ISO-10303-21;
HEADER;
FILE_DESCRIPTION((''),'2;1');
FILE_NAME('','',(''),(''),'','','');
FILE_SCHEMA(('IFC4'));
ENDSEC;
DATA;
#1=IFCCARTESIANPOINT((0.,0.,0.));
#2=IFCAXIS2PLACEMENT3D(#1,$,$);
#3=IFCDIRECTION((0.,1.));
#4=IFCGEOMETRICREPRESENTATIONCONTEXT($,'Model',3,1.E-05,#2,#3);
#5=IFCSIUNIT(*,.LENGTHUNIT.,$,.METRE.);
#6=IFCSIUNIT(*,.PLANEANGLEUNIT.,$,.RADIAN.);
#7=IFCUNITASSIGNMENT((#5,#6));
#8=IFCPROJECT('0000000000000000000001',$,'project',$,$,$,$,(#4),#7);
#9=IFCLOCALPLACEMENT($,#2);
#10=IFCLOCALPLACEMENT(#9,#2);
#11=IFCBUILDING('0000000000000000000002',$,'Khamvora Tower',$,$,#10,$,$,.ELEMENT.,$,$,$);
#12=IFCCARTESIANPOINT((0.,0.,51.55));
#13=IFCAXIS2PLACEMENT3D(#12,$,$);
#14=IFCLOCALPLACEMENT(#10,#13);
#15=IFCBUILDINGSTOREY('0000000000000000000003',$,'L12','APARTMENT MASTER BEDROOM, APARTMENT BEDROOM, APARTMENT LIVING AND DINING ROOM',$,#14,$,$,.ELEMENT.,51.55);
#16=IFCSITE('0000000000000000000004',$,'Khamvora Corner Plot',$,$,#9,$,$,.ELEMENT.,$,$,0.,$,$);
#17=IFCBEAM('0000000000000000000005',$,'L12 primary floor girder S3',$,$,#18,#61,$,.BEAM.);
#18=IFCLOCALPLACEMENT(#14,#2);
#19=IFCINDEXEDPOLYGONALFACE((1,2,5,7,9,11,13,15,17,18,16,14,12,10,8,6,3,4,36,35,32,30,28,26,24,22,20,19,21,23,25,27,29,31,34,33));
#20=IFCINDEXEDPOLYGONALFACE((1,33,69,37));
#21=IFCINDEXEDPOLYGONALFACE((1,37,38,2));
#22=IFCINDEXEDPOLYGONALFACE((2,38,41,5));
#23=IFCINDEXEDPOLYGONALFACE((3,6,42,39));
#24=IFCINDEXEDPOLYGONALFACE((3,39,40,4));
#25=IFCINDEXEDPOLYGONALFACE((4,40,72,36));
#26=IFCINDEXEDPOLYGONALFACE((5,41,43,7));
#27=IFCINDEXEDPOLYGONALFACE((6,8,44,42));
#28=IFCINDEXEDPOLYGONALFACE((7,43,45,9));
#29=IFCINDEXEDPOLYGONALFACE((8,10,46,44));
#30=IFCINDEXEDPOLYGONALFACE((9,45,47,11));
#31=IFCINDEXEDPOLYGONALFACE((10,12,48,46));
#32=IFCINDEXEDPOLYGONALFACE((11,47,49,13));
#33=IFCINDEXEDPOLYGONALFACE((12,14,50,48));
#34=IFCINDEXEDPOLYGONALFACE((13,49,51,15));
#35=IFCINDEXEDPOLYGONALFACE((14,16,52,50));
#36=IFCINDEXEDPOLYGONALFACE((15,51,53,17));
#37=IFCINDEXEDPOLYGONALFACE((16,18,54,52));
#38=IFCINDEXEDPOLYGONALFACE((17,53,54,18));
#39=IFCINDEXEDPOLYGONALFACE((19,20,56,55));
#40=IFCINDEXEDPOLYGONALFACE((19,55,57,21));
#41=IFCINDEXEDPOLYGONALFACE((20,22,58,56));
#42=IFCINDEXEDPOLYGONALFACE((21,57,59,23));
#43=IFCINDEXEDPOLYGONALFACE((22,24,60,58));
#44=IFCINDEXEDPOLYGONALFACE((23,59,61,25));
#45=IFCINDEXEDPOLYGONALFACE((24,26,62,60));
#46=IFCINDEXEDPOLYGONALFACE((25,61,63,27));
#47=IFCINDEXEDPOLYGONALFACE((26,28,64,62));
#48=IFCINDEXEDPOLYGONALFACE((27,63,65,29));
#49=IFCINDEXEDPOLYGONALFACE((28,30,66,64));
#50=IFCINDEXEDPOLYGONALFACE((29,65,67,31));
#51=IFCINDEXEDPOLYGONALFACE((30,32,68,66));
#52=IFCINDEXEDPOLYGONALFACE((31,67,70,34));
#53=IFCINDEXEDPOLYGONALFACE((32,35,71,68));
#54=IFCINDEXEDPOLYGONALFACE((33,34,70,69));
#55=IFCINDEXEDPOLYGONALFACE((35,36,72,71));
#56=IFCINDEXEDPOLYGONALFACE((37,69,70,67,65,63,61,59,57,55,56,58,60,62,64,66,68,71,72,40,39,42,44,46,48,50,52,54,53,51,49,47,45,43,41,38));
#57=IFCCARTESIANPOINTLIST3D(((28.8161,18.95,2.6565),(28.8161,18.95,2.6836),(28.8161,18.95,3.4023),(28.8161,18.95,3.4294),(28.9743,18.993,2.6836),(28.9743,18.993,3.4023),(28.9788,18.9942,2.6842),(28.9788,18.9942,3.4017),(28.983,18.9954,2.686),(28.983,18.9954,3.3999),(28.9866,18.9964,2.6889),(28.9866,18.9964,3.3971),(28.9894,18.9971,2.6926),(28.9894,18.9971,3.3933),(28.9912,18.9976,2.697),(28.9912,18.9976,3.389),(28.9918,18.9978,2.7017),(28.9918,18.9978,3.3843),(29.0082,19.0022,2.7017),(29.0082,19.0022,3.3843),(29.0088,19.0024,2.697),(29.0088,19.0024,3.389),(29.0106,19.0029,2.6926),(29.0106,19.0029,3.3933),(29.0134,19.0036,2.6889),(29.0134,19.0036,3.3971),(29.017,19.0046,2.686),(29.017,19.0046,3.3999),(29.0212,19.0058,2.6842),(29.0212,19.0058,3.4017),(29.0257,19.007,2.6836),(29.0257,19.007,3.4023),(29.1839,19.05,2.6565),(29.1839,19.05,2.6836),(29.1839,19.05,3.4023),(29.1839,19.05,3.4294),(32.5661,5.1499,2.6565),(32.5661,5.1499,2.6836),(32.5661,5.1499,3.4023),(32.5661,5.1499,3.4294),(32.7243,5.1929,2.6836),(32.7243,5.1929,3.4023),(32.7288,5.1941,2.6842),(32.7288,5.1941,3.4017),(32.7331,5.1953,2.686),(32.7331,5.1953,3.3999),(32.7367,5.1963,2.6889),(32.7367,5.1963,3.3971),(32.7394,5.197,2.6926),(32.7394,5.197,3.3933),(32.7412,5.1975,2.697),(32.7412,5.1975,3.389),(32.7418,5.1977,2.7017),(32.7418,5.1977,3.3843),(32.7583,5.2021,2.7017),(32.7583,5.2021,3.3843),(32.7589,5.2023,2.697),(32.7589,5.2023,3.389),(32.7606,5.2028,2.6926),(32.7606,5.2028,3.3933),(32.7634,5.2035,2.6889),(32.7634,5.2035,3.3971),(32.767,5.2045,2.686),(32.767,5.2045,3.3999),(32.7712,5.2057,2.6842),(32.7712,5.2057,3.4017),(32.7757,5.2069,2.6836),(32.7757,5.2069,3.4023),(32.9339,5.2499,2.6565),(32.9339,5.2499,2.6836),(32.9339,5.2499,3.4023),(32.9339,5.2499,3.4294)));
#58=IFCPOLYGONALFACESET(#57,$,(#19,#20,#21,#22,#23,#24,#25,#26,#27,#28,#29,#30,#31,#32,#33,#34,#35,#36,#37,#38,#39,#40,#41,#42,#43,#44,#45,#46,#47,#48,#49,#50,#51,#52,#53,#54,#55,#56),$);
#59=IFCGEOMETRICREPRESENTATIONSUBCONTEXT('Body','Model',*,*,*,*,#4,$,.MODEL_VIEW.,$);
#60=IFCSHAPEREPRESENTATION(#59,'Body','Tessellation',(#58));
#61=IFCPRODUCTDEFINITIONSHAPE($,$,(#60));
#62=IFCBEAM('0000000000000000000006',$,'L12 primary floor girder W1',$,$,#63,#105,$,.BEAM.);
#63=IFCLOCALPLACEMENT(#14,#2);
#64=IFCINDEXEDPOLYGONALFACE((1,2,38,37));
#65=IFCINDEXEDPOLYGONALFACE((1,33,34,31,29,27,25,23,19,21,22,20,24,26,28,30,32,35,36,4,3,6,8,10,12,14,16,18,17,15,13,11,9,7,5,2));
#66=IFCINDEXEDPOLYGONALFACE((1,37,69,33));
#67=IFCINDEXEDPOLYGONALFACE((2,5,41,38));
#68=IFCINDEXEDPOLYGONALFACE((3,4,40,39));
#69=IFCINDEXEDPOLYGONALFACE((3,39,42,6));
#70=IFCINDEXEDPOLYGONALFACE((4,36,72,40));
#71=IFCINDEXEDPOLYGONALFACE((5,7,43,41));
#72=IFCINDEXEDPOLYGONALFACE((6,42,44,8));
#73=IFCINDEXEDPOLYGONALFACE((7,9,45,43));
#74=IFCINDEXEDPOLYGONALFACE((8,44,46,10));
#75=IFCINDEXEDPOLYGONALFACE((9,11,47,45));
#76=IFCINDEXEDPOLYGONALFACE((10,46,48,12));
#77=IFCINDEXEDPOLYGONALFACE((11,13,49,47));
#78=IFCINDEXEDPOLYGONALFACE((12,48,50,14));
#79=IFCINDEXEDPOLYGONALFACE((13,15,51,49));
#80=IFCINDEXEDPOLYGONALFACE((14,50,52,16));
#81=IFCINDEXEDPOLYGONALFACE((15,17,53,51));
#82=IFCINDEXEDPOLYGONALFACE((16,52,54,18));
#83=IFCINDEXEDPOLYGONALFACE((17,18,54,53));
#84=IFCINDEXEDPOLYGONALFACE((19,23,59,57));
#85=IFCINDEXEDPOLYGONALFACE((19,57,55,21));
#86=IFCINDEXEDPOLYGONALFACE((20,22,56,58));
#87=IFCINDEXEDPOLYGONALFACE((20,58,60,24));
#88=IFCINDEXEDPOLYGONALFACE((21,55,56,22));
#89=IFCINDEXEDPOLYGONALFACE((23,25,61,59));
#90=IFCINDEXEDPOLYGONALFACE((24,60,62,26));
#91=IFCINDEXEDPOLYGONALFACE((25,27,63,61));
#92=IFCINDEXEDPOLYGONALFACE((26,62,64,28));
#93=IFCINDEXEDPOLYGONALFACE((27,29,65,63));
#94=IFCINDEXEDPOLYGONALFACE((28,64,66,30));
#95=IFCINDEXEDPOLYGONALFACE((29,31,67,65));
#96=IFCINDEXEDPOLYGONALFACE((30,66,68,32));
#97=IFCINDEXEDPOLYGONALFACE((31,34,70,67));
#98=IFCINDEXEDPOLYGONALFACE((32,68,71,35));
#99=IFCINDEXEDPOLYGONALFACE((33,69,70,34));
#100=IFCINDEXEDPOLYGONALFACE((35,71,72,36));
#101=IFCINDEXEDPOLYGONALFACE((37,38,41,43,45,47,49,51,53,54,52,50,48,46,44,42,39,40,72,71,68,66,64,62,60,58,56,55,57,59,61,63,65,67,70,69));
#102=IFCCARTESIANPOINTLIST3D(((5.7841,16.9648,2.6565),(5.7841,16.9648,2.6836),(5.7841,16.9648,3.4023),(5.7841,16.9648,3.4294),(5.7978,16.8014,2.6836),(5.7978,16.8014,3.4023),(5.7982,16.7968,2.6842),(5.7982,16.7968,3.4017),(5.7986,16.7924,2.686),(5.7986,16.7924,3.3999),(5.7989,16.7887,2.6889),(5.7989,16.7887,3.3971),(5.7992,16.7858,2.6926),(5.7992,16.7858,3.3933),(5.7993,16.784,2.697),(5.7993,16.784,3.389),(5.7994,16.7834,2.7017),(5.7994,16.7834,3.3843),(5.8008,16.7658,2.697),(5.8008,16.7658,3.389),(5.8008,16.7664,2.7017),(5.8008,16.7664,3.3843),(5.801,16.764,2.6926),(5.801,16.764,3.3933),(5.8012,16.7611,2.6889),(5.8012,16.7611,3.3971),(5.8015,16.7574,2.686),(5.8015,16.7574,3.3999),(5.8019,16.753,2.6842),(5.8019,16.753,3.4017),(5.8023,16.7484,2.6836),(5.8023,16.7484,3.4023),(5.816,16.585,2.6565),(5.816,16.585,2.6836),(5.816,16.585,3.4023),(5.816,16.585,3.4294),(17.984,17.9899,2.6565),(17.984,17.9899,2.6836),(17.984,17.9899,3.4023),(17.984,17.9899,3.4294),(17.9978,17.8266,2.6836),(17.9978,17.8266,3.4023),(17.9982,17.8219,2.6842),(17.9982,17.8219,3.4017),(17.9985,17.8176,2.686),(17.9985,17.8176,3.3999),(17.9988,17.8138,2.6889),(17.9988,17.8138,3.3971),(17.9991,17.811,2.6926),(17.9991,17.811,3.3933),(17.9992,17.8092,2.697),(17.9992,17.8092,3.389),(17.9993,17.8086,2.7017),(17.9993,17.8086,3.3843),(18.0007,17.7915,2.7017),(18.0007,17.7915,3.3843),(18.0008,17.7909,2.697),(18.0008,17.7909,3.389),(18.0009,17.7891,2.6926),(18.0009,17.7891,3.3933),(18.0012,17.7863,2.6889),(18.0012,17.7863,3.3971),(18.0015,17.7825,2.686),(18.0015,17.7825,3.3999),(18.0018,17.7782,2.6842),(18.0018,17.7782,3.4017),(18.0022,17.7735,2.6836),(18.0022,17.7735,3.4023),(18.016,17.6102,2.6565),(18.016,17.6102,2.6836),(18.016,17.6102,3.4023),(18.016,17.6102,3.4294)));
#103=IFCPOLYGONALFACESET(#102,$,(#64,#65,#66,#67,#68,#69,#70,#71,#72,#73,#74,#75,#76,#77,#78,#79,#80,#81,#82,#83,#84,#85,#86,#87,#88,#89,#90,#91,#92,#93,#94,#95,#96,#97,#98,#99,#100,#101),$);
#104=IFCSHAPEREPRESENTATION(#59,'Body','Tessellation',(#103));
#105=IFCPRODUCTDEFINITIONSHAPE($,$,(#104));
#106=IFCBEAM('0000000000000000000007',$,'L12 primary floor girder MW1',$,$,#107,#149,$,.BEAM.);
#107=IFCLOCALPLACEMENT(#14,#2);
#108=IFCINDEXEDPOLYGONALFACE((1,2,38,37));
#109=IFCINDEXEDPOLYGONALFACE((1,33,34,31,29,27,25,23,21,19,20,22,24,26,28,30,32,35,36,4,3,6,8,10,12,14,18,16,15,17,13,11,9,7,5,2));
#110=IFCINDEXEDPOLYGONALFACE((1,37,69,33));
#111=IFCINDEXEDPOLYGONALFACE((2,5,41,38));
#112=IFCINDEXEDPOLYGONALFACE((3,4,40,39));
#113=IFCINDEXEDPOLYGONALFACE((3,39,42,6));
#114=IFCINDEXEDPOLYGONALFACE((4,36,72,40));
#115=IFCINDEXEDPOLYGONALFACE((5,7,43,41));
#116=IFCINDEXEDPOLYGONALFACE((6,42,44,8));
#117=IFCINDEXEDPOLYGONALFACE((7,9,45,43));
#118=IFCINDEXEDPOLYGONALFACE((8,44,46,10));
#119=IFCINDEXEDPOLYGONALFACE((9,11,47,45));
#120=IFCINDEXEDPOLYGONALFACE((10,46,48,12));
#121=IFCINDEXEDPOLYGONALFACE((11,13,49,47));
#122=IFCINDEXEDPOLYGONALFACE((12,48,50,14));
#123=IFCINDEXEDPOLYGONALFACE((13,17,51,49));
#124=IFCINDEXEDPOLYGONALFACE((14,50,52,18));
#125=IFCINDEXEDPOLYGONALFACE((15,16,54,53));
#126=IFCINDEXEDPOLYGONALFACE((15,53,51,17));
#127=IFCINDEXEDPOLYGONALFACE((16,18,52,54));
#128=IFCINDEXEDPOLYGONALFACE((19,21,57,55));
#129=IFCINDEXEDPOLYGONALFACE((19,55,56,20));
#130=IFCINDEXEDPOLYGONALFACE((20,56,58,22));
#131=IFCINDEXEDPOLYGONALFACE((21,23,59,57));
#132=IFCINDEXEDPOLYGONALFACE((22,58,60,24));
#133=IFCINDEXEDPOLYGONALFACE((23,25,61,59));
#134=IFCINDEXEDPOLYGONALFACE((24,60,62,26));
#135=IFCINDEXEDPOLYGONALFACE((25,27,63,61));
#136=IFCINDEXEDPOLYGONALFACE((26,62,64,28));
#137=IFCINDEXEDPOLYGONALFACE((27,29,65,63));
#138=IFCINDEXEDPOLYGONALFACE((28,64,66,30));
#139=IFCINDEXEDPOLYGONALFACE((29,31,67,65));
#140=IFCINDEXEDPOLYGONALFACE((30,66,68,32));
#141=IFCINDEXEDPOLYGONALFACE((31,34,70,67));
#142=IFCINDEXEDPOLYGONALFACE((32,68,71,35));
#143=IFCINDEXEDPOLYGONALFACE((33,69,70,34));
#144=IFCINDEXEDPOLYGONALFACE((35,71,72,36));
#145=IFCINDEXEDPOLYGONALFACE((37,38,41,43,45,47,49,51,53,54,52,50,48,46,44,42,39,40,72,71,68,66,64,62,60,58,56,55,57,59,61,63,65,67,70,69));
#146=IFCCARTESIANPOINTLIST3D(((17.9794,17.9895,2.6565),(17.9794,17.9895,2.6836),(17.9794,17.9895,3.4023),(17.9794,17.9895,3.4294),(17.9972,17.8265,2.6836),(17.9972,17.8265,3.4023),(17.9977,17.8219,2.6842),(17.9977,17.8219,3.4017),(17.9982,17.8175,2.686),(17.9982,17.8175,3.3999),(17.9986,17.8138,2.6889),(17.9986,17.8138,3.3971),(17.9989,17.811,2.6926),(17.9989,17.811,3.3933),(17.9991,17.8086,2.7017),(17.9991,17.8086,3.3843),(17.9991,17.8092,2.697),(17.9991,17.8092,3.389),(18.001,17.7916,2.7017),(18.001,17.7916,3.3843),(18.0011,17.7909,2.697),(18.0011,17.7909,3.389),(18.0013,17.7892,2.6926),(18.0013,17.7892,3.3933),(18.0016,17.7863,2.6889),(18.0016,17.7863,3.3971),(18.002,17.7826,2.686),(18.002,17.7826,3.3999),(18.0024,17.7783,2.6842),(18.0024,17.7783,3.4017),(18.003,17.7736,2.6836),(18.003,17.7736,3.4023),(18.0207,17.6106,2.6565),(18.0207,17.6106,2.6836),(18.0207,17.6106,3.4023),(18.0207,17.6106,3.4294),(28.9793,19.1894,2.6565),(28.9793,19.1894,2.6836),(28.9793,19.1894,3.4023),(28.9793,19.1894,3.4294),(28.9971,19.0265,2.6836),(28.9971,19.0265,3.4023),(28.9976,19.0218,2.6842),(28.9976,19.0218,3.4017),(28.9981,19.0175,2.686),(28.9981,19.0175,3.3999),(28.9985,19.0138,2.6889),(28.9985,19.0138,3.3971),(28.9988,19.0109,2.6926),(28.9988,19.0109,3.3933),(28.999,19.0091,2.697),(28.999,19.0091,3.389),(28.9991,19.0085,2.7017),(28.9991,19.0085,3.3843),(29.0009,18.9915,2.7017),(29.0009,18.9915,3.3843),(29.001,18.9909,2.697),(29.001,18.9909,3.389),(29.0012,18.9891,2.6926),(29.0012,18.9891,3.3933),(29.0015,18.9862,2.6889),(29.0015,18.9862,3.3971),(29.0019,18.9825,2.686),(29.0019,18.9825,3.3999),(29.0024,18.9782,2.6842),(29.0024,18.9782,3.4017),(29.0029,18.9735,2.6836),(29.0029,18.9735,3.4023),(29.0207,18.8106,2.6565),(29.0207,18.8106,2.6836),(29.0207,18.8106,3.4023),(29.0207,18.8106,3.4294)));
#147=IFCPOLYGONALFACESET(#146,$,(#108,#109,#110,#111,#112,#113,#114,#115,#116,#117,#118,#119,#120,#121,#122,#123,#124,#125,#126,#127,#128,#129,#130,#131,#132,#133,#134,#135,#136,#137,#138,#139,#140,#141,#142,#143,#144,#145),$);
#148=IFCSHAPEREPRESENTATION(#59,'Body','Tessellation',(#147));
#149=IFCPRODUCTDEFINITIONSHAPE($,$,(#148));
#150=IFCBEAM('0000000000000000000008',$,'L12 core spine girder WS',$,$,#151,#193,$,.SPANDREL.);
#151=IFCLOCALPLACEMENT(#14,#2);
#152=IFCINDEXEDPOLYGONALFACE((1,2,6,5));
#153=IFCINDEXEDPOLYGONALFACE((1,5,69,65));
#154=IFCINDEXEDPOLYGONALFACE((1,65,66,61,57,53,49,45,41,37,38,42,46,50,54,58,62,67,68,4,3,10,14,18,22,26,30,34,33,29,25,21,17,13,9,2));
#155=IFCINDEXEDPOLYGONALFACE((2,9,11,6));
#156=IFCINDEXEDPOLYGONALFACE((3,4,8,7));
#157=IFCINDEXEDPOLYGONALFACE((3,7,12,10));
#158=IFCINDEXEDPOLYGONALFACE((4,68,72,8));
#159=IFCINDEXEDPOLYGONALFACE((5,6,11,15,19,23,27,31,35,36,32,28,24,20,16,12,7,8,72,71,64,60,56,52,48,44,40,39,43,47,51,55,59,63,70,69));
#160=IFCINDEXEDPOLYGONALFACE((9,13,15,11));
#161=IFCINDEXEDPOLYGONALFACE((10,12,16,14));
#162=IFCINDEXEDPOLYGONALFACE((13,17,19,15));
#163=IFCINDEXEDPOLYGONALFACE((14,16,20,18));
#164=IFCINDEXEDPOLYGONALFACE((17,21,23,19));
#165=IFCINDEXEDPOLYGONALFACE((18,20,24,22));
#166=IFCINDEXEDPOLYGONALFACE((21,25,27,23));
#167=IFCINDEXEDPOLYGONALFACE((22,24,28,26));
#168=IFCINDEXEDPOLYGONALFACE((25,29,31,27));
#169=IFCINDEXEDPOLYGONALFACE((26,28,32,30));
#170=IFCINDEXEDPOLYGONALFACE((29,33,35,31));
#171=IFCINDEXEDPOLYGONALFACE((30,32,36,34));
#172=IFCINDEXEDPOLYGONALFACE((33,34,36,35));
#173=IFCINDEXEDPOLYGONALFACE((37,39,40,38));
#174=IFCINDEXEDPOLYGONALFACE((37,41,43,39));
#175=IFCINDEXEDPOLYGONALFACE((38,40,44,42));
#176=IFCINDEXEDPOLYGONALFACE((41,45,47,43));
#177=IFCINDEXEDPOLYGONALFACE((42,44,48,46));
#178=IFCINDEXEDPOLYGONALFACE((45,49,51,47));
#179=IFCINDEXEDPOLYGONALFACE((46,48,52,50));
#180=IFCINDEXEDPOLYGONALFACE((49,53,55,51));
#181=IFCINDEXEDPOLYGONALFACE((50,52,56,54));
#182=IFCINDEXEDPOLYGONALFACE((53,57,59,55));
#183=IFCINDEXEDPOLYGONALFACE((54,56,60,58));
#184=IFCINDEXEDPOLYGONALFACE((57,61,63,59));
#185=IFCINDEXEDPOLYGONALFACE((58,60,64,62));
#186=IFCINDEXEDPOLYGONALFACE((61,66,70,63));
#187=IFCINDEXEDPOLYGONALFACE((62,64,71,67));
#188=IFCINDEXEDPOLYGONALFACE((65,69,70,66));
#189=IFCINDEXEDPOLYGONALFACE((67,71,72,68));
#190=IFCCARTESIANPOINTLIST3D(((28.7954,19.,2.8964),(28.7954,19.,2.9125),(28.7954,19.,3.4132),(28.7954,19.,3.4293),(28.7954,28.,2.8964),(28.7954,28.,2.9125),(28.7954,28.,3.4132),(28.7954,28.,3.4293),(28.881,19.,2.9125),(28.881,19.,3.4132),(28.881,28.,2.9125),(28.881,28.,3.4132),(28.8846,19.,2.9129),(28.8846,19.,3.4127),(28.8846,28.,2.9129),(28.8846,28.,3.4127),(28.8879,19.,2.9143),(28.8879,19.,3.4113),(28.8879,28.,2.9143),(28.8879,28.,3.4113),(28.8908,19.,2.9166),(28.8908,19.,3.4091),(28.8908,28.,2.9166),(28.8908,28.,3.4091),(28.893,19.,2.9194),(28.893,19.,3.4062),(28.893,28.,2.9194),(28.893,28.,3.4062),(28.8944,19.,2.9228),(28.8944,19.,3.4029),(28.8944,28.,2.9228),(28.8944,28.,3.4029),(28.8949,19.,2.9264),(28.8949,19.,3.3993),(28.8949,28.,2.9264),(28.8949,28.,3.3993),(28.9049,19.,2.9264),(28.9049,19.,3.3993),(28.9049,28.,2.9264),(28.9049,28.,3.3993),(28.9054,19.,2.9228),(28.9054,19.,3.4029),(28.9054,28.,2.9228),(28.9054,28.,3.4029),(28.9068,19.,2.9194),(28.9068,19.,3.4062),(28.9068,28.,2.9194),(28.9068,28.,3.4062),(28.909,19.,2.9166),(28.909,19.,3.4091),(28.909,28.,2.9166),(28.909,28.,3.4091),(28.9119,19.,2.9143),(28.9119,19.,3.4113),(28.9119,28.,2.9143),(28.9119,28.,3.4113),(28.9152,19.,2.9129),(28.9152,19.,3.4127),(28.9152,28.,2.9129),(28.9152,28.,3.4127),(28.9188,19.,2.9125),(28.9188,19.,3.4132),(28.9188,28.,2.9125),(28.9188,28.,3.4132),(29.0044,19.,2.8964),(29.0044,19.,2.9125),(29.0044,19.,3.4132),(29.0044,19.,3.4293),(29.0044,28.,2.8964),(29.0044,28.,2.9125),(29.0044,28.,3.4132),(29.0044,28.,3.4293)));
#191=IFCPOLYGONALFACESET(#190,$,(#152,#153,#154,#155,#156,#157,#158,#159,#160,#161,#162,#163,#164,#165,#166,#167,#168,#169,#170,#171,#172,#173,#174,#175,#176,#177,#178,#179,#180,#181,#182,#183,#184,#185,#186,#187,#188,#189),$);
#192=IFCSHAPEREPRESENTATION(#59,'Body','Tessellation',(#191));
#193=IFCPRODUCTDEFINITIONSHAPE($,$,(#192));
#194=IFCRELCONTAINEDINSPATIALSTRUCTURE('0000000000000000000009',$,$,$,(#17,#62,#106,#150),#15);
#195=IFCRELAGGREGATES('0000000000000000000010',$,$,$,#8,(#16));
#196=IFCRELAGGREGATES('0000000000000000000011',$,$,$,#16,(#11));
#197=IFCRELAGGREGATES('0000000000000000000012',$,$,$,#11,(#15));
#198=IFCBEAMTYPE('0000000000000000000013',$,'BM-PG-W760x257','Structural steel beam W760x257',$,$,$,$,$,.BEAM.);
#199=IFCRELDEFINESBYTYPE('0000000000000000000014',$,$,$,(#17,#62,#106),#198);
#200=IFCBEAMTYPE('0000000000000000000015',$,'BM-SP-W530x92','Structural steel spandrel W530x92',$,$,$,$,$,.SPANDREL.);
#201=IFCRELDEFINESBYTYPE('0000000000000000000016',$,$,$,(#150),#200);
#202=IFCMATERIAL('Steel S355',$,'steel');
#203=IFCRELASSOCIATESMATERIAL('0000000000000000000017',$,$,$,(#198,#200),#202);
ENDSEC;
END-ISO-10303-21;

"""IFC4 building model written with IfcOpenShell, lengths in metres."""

from ifc_helpers import new_model, si_unit, direction, frame, origin, origin_2d, place, context, subcontext, project, spatial, i_section, extrude, material, material_profile, profile_set, type_object, element, save


model = new_model("IFC4")

# Units and contexts
model_context = context("Model", 3, precision=1e-05, world=origin(), true_north=direction((0.0, 1.0)))
body_context = subcontext(model_context, "Body", "Model", "MODEL_VIEW")
ifc_project = project(units=[si_unit("LENGTHUNIT", "METRE"), si_unit("PLANEANGLEUNIT", "RADIAN")], contexts=[model_context])

# Site, building, storey
site_placement = place(None, origin())
site = spatial("IfcSite", under=ifc_project, at=site_placement, Name="Khamvora Corner Plot", CompositionType="ELEMENT", RefElevation=0.0)
building_placement = place(site_placement, origin())
building = spatial("IfcBuilding", under=site, at=building_placement, Name="Khamvora Tower", CompositionType="ELEMENT")
storey_placement = place(building_placement, frame((0.0, 0.0, 51.55)))
storey = spatial("IfcBuildingStorey", under=building, at=storey_placement, Name="L12", Description="APARTMENT MASTER BEDROOM, APARTMENT BEDROOM, APARTMENT LIVING AND DINING ROOM", CompositionType="ELEMENT", Elevation=51.55)

# Beams
ifc_material_1 = material(Name="Steel S355", Category="steel")
ifc_material_profile_1 = material_profile(ifc_material_1, i_section(OverallWidth=0.3811, OverallDepth=0.7729, WebThickness=0.0171, FlangeThickness=0.0271, FilletRadius=0.0181, at=origin_2d()), Name="W760x257")
ifc_profile_set_1 = profile_set([ifc_material_profile_1], Name="Steel S355")
beam_type_1 = type_object("IfcBeamType", Name="BM-PG-W760x257", Description="Structural steel beam W760x257", PredefinedType="BEAM", material=ifc_profile_set_1)
beam_1_placement = place(storey_placement, frame((29.0, 19.0, 3.043), z_axis=(0.262229, -0.965006, 0.0), x_axis=(0.965006, 0.262229, 0.0)))
element("IfcBeam", 1, at=beam_1_placement, inside=storey, type_object=beam_type_1, Name="L12 primary floor girder S3", PredefinedType="BEAM", context=body_context, shape_type="SweptSolid", body=[
    extrude(i_section(OverallWidth=0.3811, OverallDepth=0.7729, WebThickness=0.0171, FlangeThickness=0.0271, FilletRadius=0.0181, at=origin_2d()), origin(), (0.0, 0.0, 1.0), 14.3005),
])
beam_2_placement = place(storey_placement, frame((18.0, 17.8, 3.043), z_axis=(-0.996488, -0.083734, 0.0), x_axis=(0.083734, -0.996488, 0.0)))
element("IfcBeam", 2, at=beam_2_placement, inside=storey, type_object=beam_type_1, Name="L12 primary floor girder W1", PredefinedType="BEAM", context=body_context, shape_type="SweptSolid", body=[
    extrude(i_section(OverallWidth=0.3811, OverallDepth=0.7729, WebThickness=0.0171, FlangeThickness=0.0271, FilletRadius=0.0181, at=origin_2d()), origin(), (0.0, 0.0, 1.0), 12.2429),
])
beam_3_placement = place(storey_placement, frame((29.0, 19.0, 3.043), z_axis=(-0.994103, -0.108443, 0.0), x_axis=(0.108443, -0.994103, 0.0)))
element("IfcBeam", 3, at=beam_3_placement, inside=storey, type_object=beam_type_1, Name="L12 primary floor girder MW1", PredefinedType="BEAM", context=body_context, shape_type="SweptSolid", body=[
    extrude(i_section(OverallWidth=0.3811, OverallDepth=0.7729, WebThickness=0.0171, FlangeThickness=0.0271, FilletRadius=0.0181, at=origin_2d()), origin(), (0.0, 0.0, 1.0), 11.0652),
])
ifc_material_profile_2 = material_profile(ifc_material_1, i_section(OverallWidth=0.209, OverallDepth=0.533, WebThickness=0.01, FlangeThickness=0.0161, FilletRadius=0.0139, at=origin_2d()), Name="W530x92")
ifc_profile_set_2 = profile_set([ifc_material_profile_2], Name="Steel S355")
beam_type_2 = type_object("IfcBeamType", Name="BM-SP-W530x92", Description="Structural steel spandrel W530x92", PredefinedType="SPANDREL", material=ifc_profile_set_2)
beam_4_placement = place(storey_placement, frame((28.8999, 19.0, 3.1628), z_axis=(0.0, 1.0, 0.0), x_axis=(-1.0, 0.0, 0.0)))
element("IfcBeam", 4, at=beam_4_placement, inside=storey, type_object=beam_type_2, Name="L12 core spine girder WS", PredefinedType="SPANDREL", context=body_context, shape_type="SweptSolid", body=[
    extrude(i_section(OverallWidth=0.209, OverallDepth=0.533, WebThickness=0.01, FlangeThickness=0.0161, FilletRadius=0.0139, at=origin_2d()), origin(), (0.0, 0.0, 1.0), 9.0),
])

save(model, "model.ifc")
